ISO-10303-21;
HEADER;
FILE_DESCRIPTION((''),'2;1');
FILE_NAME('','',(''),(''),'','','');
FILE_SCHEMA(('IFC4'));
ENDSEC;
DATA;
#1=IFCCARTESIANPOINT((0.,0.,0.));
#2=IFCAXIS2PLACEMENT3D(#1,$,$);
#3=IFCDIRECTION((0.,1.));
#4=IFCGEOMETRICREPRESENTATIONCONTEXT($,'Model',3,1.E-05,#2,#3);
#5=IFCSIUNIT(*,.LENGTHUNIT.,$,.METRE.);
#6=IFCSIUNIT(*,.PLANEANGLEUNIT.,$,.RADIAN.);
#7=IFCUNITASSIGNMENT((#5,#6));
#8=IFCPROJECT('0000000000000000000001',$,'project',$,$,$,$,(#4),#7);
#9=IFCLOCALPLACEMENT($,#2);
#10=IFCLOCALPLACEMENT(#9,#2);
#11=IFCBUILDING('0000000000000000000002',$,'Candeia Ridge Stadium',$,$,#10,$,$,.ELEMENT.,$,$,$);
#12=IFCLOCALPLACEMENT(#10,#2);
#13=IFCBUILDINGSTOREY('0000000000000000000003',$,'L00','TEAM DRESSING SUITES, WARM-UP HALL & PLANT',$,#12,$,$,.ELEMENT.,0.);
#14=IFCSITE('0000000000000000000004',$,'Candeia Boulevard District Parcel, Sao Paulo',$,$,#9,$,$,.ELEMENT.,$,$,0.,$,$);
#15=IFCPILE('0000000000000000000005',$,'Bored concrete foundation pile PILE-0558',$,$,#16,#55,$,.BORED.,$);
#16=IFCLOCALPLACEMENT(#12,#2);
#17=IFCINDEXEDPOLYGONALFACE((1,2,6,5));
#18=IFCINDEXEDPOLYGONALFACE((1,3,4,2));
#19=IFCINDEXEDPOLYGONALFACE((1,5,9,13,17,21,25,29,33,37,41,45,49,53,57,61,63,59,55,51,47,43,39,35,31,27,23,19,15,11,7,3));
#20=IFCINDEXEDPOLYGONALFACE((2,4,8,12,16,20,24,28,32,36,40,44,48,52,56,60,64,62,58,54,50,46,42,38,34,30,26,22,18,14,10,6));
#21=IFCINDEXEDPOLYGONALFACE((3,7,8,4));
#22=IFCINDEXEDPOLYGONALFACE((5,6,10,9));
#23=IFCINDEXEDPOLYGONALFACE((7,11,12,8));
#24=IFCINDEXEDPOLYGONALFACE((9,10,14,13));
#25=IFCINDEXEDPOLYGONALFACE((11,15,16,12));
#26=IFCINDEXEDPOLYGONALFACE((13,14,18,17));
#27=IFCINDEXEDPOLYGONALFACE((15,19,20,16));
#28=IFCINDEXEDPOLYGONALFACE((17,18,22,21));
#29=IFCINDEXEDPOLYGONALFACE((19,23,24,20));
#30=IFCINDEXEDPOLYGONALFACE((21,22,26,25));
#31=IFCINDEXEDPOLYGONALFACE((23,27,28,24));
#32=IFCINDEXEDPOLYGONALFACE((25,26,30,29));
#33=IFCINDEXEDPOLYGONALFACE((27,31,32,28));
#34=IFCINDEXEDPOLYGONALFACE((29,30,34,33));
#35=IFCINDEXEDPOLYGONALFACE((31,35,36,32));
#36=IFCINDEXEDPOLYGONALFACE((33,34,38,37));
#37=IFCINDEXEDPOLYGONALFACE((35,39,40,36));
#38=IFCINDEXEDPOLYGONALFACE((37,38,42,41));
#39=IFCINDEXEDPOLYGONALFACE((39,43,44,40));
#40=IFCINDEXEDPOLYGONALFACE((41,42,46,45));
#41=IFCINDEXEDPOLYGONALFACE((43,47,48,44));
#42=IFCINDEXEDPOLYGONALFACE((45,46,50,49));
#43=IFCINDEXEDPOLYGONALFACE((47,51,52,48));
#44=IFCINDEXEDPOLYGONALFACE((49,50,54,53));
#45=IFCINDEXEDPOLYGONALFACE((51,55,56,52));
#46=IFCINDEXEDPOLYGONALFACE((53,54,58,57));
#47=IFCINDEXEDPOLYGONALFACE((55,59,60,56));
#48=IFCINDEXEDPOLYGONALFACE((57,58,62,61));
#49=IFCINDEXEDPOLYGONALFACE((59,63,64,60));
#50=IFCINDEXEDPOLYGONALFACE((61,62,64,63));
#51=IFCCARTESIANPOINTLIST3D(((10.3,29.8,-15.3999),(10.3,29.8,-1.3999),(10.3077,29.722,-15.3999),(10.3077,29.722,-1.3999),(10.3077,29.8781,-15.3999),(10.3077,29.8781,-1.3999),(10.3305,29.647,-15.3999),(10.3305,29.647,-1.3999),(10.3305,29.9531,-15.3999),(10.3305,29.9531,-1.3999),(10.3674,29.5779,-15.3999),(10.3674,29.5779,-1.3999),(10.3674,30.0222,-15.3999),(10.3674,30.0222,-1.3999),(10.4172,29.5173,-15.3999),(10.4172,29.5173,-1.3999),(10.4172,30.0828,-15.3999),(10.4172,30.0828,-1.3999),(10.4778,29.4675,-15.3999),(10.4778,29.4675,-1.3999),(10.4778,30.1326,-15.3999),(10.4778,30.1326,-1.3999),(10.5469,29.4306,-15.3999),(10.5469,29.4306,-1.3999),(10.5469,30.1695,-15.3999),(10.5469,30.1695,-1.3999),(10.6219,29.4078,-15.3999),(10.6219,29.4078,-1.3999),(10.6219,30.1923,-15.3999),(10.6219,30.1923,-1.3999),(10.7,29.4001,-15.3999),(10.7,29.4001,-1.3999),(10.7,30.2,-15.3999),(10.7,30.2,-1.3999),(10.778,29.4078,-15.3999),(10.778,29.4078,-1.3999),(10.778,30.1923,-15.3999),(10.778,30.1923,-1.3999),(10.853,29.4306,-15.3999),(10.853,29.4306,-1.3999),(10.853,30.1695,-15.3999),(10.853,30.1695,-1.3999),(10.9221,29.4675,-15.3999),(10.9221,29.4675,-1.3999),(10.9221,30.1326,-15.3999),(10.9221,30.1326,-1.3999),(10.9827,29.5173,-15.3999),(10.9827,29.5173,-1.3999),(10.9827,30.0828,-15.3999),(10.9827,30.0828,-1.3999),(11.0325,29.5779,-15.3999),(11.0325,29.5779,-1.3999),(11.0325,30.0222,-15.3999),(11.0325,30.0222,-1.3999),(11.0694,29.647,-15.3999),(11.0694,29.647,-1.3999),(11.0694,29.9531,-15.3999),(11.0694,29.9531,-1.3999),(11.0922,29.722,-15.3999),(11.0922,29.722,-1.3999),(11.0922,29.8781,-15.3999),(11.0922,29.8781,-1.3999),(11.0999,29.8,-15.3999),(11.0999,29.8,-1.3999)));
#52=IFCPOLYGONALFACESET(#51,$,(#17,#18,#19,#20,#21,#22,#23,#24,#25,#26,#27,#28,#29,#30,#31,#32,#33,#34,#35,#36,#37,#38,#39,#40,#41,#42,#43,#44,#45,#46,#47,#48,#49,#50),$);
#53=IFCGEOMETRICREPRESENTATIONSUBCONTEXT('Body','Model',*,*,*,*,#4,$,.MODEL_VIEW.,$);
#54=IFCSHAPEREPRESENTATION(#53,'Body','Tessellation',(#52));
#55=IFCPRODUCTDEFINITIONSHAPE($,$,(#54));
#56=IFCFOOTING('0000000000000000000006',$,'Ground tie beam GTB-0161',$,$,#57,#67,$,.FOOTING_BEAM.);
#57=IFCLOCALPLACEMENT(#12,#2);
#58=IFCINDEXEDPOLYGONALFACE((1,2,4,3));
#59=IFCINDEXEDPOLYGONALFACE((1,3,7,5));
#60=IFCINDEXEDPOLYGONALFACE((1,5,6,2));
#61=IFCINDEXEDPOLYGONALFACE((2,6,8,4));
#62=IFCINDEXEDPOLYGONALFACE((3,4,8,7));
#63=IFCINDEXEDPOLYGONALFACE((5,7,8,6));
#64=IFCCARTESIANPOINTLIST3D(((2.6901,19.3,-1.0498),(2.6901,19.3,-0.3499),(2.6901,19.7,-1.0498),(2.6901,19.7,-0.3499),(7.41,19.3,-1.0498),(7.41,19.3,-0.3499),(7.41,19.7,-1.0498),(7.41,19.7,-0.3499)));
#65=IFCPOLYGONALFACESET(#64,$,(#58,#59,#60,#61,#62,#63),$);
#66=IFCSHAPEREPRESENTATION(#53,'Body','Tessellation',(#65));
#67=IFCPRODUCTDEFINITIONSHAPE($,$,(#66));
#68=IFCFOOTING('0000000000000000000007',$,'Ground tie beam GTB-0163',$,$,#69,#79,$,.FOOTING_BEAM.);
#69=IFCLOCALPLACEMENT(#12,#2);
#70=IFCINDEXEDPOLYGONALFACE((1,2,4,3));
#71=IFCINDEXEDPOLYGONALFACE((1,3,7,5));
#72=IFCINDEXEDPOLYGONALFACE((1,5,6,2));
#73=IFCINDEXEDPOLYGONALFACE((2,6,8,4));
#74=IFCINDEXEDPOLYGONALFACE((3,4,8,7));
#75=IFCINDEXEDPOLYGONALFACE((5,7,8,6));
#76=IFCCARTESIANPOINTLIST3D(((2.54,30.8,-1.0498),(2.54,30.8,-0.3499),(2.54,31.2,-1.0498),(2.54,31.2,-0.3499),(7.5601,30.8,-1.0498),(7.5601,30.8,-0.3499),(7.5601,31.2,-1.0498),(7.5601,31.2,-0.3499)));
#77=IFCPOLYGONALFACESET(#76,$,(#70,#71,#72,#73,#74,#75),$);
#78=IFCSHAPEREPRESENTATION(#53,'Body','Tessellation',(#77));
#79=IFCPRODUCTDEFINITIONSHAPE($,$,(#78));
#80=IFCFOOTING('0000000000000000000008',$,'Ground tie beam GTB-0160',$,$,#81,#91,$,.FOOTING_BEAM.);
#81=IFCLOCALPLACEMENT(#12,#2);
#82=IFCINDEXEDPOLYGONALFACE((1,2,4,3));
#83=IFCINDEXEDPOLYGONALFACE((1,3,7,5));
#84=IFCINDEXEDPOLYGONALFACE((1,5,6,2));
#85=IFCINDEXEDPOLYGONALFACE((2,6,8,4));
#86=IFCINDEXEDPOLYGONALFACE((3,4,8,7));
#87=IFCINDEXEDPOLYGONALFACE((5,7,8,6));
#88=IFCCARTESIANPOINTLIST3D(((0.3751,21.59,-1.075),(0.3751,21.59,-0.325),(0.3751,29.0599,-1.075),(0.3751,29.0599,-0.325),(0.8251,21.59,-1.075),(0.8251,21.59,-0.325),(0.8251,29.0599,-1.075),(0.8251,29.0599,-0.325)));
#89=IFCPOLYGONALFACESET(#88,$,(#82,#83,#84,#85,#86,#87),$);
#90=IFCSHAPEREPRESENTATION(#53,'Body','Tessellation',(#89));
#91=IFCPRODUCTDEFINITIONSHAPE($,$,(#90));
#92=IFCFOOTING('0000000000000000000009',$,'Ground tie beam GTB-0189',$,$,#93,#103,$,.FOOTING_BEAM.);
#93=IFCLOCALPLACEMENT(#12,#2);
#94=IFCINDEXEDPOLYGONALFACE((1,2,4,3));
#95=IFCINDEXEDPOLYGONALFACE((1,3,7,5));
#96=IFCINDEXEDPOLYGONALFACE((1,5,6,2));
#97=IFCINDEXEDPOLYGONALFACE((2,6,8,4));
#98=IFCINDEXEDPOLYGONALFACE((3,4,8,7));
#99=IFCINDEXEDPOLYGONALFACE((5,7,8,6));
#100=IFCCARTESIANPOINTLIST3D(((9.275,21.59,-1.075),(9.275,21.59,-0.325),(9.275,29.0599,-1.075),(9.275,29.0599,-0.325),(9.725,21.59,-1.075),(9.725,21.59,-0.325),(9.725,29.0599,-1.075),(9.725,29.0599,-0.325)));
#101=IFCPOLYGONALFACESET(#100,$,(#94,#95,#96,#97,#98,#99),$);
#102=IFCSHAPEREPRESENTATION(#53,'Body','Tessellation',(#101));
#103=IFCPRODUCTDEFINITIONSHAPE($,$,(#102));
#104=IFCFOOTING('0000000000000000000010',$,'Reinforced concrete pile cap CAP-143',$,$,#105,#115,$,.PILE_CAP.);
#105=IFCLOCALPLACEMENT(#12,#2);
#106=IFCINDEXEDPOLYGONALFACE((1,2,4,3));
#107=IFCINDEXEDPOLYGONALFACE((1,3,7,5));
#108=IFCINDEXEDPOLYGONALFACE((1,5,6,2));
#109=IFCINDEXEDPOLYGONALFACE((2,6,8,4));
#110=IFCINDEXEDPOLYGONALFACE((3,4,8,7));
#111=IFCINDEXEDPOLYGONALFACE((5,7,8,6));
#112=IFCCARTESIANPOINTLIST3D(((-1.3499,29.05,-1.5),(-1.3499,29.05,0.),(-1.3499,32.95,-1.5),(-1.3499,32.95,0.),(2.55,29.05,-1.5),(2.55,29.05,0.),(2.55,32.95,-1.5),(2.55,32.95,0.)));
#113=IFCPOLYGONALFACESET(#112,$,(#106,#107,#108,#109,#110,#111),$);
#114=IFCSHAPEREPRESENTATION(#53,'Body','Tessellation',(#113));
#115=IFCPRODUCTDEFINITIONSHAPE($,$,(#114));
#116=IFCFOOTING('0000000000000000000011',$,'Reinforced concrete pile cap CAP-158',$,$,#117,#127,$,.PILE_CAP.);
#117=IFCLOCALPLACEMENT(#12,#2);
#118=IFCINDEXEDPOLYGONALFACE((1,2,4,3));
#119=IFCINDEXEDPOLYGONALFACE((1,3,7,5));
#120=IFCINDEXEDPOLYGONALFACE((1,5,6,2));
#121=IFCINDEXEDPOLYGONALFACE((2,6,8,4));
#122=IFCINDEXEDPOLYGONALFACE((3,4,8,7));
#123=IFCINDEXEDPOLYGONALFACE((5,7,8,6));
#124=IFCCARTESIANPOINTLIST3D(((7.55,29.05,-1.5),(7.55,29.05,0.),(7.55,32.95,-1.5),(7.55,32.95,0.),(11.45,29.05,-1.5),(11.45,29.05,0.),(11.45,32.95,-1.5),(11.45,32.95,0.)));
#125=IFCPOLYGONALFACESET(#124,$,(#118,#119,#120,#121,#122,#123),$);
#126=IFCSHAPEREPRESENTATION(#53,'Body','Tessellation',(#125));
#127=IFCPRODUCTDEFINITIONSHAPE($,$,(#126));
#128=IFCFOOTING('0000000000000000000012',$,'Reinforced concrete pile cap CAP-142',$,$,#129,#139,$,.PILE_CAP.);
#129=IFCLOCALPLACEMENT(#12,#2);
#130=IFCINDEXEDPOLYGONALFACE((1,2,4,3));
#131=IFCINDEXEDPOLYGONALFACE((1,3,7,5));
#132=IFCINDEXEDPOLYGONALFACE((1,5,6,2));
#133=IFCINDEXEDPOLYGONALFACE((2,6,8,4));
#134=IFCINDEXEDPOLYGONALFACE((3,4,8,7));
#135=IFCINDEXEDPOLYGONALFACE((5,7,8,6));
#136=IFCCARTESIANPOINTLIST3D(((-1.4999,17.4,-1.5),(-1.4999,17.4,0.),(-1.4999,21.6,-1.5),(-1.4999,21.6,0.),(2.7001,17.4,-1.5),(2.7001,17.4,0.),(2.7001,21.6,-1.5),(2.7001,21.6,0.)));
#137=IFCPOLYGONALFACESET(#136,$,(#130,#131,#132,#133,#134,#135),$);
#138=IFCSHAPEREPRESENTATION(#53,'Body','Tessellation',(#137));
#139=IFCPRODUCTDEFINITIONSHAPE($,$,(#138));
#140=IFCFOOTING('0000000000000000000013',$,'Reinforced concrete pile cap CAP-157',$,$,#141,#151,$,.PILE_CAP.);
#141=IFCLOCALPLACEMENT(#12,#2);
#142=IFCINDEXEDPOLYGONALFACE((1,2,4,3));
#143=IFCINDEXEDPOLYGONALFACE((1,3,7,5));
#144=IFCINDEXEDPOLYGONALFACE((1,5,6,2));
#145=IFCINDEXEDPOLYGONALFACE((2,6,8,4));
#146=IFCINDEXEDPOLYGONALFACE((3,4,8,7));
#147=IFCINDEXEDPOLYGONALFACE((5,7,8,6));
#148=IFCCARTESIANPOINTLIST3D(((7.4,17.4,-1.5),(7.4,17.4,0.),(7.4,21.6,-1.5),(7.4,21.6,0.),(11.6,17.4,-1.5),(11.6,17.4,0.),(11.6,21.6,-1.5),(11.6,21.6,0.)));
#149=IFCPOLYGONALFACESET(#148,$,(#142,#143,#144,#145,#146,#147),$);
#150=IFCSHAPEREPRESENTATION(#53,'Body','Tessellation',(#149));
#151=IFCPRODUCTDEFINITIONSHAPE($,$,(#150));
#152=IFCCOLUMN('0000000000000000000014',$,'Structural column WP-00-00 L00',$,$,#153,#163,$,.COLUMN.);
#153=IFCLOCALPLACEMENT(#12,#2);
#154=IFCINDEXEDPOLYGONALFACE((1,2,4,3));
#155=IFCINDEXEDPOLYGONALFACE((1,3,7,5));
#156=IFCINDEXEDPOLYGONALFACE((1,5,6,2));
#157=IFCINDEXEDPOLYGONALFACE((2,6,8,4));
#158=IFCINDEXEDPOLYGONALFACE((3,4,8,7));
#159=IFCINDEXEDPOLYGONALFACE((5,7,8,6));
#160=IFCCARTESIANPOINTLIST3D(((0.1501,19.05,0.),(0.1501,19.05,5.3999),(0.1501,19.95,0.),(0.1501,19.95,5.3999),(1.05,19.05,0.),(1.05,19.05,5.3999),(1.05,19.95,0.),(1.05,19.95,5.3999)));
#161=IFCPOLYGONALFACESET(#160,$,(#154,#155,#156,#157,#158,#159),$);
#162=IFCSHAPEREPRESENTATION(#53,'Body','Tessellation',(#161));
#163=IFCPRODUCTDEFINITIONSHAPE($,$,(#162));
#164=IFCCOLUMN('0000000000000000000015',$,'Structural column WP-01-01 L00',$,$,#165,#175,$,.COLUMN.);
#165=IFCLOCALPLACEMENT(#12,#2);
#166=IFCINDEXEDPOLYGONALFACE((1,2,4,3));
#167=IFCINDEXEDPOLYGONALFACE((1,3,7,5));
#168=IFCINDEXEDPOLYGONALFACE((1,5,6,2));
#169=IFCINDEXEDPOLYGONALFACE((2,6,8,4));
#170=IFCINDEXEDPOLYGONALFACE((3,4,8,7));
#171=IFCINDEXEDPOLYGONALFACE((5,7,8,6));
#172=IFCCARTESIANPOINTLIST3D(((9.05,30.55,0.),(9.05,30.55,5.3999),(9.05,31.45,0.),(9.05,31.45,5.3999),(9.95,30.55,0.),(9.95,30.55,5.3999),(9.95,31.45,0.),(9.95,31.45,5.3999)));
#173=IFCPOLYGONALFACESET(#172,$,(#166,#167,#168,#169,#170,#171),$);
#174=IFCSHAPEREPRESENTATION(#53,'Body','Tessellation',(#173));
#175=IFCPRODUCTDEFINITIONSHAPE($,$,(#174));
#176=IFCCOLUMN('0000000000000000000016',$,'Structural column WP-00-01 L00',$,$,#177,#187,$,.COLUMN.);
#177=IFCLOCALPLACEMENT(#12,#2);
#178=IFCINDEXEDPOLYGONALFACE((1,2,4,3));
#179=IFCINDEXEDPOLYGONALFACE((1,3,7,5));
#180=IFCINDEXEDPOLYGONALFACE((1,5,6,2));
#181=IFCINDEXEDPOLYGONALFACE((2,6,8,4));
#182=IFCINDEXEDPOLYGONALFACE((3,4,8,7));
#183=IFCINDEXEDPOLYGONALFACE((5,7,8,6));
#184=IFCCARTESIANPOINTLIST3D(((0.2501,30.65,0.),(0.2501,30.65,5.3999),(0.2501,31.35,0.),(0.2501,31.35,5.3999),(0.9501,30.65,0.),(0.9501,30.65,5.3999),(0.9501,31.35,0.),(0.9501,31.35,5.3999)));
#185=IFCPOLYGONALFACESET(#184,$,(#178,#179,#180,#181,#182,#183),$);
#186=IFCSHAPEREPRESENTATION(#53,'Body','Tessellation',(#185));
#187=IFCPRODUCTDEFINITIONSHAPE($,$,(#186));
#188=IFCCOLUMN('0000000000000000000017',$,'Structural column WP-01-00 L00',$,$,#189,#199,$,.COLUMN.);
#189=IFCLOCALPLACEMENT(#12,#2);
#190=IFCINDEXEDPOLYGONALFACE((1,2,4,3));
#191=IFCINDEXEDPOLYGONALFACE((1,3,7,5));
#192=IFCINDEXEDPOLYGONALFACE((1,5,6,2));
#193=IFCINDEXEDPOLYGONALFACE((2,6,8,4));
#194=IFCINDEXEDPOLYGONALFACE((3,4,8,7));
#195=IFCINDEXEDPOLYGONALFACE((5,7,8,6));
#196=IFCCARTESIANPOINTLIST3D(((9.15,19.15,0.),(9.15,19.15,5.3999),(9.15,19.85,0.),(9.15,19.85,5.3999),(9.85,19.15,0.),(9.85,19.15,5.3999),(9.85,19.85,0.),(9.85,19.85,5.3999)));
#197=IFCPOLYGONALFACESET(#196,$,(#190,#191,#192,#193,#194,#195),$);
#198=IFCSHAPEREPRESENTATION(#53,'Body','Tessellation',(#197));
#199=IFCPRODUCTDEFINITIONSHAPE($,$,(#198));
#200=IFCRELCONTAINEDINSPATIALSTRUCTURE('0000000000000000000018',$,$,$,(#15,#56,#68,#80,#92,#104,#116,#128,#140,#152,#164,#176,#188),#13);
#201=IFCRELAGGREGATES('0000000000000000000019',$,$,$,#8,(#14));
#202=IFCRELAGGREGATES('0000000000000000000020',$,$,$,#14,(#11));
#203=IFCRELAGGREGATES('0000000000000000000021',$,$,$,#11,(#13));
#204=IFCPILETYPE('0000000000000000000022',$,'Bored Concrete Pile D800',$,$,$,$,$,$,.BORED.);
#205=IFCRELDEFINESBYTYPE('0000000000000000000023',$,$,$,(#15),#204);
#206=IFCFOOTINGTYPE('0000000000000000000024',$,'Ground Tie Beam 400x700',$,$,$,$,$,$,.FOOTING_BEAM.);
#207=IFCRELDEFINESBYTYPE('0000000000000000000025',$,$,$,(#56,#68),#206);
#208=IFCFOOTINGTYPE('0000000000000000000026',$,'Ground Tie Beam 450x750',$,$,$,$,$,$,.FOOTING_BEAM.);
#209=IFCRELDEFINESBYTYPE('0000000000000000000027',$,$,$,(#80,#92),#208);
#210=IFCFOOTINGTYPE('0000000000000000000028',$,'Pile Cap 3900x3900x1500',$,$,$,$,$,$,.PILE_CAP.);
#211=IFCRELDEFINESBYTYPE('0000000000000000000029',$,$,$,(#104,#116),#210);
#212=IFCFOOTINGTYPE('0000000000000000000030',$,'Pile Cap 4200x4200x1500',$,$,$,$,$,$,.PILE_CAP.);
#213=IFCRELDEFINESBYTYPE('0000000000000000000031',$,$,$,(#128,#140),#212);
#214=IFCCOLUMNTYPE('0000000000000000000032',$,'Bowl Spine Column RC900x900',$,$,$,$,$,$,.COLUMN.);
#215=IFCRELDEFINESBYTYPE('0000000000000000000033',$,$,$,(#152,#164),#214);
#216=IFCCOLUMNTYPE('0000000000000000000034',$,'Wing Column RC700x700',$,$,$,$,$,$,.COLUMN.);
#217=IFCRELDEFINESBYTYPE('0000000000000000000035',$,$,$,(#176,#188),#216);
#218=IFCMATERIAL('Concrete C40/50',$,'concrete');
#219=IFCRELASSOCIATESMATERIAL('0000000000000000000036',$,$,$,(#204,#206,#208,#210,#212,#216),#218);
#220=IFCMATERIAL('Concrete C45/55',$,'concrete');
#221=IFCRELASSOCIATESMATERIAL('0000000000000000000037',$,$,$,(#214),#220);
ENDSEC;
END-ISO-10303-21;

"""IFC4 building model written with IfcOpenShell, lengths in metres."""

from ifc_helpers import new_model, si_unit, direction, frame, origin, origin_2d, place, context, subcontext, project, spatial, rectangle, circle, extrude, material, material_profile, profile_set, type_object, element, save


model = new_model("IFC4")

# Units and contexts
model_context = context("Model", 3, precision=1e-05, world=origin(), true_north=direction((0.0, 1.0)))
body_context = subcontext(model_context, "Body", "Model", "MODEL_VIEW")
ifc_project = project(units=[si_unit("LENGTHUNIT", "METRE"), si_unit("PLANEANGLEUNIT", "RADIAN")], contexts=[model_context])

# Site, building, storey
site_placement = place(None, origin())
site = spatial("IfcSite", under=ifc_project, at=site_placement, Name="Candeia Boulevard District Parcel, Sao Paulo", CompositionType="ELEMENT", RefElevation=0.0)
building_placement = place(site_placement, origin())
building = spatial("IfcBuilding", under=site, at=building_placement, Name="Candeia Ridge Stadium", CompositionType="ELEMENT")
storey_placement = place(building_placement, origin())
storey = spatial("IfcBuildingStorey", under=building, at=storey_placement, Name="L00", Description="TEAM DRESSING SUITES, WARM-UP HALL & PLANT", CompositionType="ELEMENT", Elevation=0.0)

# Pile
ifc_material_1 = material(Name="Concrete C40/50", Category="concrete")
ifc_material_profile_1 = material_profile(ifc_material_1, circle(Radius=0.3999, at=origin_2d()), Name="PILE-D800", Category="concrete")
ifc_profile_set_1 = profile_set([ifc_material_profile_1], Name="Concrete C40/50")
pile_type = type_object("IfcPileType", Name="Bored Concrete Pile D800", PredefinedType="BORED", material=ifc_profile_set_1)
for number, where, z_axis, x_axis, name in (
    (1, (10.7, 29.8, -1.3999), (0.0, 0.0, -1.0), (1.0, 0.0, 0.0), "Bored concrete foundation pile PILE-0558"),
):
    element("IfcPile", number, at=place(storey_placement, frame(where, z_axis=z_axis, x_axis=x_axis)), inside=storey, type_object=pile_type, Name=name, PredefinedType="BORED", context=body_context, shape_type="SweptSolid", body=[
        extrude(circle(Radius=0.3999, at=origin_2d()), origin(), (0.0, 0.0, 1.0), 14.0),
    ])

# Footings
footing_type_1 = type_object("IfcFootingType", Name="Ground Tie Beam 400x700", PredefinedType="FOOTING_BEAM", material=ifc_material_1)
footing_1_placement = place(storey_placement, frame((5.05, 19.5, -1.0498), z_axis=(0.0, 0.0, 1.0), x_axis=(1.0, 0.0, 0.0)))
element("IfcFooting", 2, at=footing_1_placement, inside=storey, type_object=footing_type_1, Name="Ground tie beam GTB-0161", PredefinedType="FOOTING_BEAM", context=body_context, shape_type="SweptSolid", body=[
    extrude(rectangle(XDim=4.72, YDim=0.3999, at=origin_2d()), origin(), (0.0, 0.0, 1.0), 0.7),
])
footing_2_placement = place(storey_placement, frame((5.05, 31.0, -1.0498), z_axis=(0.0, 0.0, 1.0), x_axis=(1.0, 0.0, 0.0)))
element("IfcFooting", 3, at=footing_2_placement, inside=storey, type_object=footing_type_1, Name="Ground tie beam GTB-0163", PredefinedType="FOOTING_BEAM", context=body_context, shape_type="SweptSolid", body=[
    extrude(rectangle(XDim=5.02, YDim=0.3999, at=origin_2d()), origin(), (0.0, 0.0, 1.0), 0.7),
])
footing_type_2 = type_object("IfcFootingType", Name="Ground Tie Beam 450x750", PredefinedType="FOOTING_BEAM", material=ifc_material_1)
for number, where, z_axis, x_axis, name in (
    (4, (0.6001, 25.325, -1.075), (0.0, 0.0, 1.0), (0.0, 1.0, 0.0), "Ground tie beam GTB-0160"),
    (5, (9.5, 25.325, -1.075), (0.0, 0.0, 1.0), (0.0, 1.0, 0.0), "Ground tie beam GTB-0189"),
):
    element("IfcFooting", number, at=place(storey_placement, frame(where, z_axis=z_axis, x_axis=x_axis)), inside=storey, type_object=footing_type_2, Name=name, PredefinedType="FOOTING_BEAM", context=body_context, shape_type="SweptSolid", body=[
        extrude(rectangle(XDim=7.47, YDim=0.45, at=origin_2d()), origin(), (0.0, 0.0, 1.0), 0.75),
    ])
footing_type_3 = type_object("IfcFootingType", Name="Pile Cap 3900x3900x1500", PredefinedType="PILE_CAP", material=ifc_material_1)
for number, where, z_axis, x_axis, name in (
    (6, (0.6001, 31.0, -1.5), (0.0, 0.0, 1.0), (1.0, 0.0, 0.0), "Reinforced concrete pile cap CAP-143"),
    (7, (9.5, 31.0, -1.5), (0.0, 0.0, 1.0), (1.0, 0.0, 0.0), "Reinforced concrete pile cap CAP-158"),
):
    element("IfcFooting", number, at=place(storey_placement, frame(where, z_axis=z_axis, x_axis=x_axis)), inside=storey, type_object=footing_type_3, Name=name, PredefinedType="PILE_CAP", context=body_context, shape_type="SweptSolid", body=[
        extrude(rectangle(XDim=3.8999, YDim=3.8999, at=origin_2d()), origin(), (0.0, 0.0, 1.0), 1.5),
    ])
footing_type_4 = type_object("IfcFootingType", Name="Pile Cap 4200x4200x1500", PredefinedType="PILE_CAP", material=ifc_material_1)
for number, where, z_axis, x_axis, name in (
    (8, (0.6001, 19.5, -1.5), (0.0, 0.0, 1.0), (1.0, 0.0, 0.0), "Reinforced concrete pile cap CAP-142"),
    (9, (9.5, 19.5, -1.5), (0.0, 0.0, 1.0), (1.0, 0.0, 0.0), "Reinforced concrete pile cap CAP-157"),
):
    element("IfcFooting", number, at=place(storey_placement, frame(where, z_axis=z_axis, x_axis=x_axis)), inside=storey, type_object=footing_type_4, Name=name, PredefinedType="PILE_CAP", context=body_context, shape_type="SweptSolid", body=[
        extrude(rectangle(XDim=4.2, YDim=4.2, at=origin_2d()), origin(), (0.0, 0.0, 1.0), 1.5),
    ])

# Columns
ifc_material_2 = material(Name="Concrete C45/55", Category="concrete")
ifc_material_profile_2 = material_profile(ifc_material_2, rectangle(XDim=0.8999, YDim=0.8999, at=origin_2d()), Name="RC900x900", Category="concrete")
ifc_profile_set_2 = profile_set([ifc_material_profile_2], Name="Concrete C45/55")
column_type_1 = type_object("IfcColumnType", Name="Bowl Spine Column RC900x900", PredefinedType="COLUMN", material=ifc_profile_set_2)
for number, where, z_axis, x_axis, name in (
    (10, (0.6001, 19.5, 0.0), (0.0, 0.0, 1.0), (1.0, 0.0, 0.0), "Structural column WP-00-00 L00"),
    (11, (9.5, 31.0, 0.0), (0.0, 0.0, 1.0), (1.0, 0.0, 0.0), "Structural column WP-01-01 L00"),
):
    element("IfcColumn", number, at=place(storey_placement, frame(where, z_axis=z_axis, x_axis=x_axis)), inside=storey, type_object=column_type_1, Name=name, PredefinedType="COLUMN", context=body_context, shape_type="SweptSolid", body=[
        extrude(rectangle(XDim=0.8999, YDim=0.8999, at=origin_2d()), origin(), (0.0, 0.0, 1.0), 5.3999),
    ])
ifc_material_profile_3 = material_profile(ifc_material_1, rectangle(XDim=0.7, YDim=0.7, at=origin_2d()), Name="RC700x700", Category="concrete")
ifc_profile_set_3 = profile_set([ifc_material_profile_3], Name="Concrete C40/50")
column_type_2 = type_object("IfcColumnType", Name="Wing Column RC700x700", PredefinedType="COLUMN", material=ifc_profile_set_3)
for number, where, z_axis, x_axis, name in (
    (12, (0.6001, 31.0, 0.0), (0.0, 0.0, 1.0), (1.0, 0.0, 0.0), "Structural column WP-00-01 L00"),
    (13, (9.5, 19.5, 0.0), (0.0, 0.0, 1.0), (1.0, 0.0, 0.0), "Structural column WP-01-00 L00"),
):
    element("IfcColumn", number, at=place(storey_placement, frame(where, z_axis=z_axis, x_axis=x_axis)), inside=storey, type_object=column_type_2, Name=name, PredefinedType="COLUMN", context=body_context, shape_type="SweptSolid", body=[
        extrude(rectangle(XDim=0.7, YDim=0.7, at=origin_2d()), origin(), (0.0, 0.0, 1.0), 5.3999),
    ])

save(model, "model.ifc")
